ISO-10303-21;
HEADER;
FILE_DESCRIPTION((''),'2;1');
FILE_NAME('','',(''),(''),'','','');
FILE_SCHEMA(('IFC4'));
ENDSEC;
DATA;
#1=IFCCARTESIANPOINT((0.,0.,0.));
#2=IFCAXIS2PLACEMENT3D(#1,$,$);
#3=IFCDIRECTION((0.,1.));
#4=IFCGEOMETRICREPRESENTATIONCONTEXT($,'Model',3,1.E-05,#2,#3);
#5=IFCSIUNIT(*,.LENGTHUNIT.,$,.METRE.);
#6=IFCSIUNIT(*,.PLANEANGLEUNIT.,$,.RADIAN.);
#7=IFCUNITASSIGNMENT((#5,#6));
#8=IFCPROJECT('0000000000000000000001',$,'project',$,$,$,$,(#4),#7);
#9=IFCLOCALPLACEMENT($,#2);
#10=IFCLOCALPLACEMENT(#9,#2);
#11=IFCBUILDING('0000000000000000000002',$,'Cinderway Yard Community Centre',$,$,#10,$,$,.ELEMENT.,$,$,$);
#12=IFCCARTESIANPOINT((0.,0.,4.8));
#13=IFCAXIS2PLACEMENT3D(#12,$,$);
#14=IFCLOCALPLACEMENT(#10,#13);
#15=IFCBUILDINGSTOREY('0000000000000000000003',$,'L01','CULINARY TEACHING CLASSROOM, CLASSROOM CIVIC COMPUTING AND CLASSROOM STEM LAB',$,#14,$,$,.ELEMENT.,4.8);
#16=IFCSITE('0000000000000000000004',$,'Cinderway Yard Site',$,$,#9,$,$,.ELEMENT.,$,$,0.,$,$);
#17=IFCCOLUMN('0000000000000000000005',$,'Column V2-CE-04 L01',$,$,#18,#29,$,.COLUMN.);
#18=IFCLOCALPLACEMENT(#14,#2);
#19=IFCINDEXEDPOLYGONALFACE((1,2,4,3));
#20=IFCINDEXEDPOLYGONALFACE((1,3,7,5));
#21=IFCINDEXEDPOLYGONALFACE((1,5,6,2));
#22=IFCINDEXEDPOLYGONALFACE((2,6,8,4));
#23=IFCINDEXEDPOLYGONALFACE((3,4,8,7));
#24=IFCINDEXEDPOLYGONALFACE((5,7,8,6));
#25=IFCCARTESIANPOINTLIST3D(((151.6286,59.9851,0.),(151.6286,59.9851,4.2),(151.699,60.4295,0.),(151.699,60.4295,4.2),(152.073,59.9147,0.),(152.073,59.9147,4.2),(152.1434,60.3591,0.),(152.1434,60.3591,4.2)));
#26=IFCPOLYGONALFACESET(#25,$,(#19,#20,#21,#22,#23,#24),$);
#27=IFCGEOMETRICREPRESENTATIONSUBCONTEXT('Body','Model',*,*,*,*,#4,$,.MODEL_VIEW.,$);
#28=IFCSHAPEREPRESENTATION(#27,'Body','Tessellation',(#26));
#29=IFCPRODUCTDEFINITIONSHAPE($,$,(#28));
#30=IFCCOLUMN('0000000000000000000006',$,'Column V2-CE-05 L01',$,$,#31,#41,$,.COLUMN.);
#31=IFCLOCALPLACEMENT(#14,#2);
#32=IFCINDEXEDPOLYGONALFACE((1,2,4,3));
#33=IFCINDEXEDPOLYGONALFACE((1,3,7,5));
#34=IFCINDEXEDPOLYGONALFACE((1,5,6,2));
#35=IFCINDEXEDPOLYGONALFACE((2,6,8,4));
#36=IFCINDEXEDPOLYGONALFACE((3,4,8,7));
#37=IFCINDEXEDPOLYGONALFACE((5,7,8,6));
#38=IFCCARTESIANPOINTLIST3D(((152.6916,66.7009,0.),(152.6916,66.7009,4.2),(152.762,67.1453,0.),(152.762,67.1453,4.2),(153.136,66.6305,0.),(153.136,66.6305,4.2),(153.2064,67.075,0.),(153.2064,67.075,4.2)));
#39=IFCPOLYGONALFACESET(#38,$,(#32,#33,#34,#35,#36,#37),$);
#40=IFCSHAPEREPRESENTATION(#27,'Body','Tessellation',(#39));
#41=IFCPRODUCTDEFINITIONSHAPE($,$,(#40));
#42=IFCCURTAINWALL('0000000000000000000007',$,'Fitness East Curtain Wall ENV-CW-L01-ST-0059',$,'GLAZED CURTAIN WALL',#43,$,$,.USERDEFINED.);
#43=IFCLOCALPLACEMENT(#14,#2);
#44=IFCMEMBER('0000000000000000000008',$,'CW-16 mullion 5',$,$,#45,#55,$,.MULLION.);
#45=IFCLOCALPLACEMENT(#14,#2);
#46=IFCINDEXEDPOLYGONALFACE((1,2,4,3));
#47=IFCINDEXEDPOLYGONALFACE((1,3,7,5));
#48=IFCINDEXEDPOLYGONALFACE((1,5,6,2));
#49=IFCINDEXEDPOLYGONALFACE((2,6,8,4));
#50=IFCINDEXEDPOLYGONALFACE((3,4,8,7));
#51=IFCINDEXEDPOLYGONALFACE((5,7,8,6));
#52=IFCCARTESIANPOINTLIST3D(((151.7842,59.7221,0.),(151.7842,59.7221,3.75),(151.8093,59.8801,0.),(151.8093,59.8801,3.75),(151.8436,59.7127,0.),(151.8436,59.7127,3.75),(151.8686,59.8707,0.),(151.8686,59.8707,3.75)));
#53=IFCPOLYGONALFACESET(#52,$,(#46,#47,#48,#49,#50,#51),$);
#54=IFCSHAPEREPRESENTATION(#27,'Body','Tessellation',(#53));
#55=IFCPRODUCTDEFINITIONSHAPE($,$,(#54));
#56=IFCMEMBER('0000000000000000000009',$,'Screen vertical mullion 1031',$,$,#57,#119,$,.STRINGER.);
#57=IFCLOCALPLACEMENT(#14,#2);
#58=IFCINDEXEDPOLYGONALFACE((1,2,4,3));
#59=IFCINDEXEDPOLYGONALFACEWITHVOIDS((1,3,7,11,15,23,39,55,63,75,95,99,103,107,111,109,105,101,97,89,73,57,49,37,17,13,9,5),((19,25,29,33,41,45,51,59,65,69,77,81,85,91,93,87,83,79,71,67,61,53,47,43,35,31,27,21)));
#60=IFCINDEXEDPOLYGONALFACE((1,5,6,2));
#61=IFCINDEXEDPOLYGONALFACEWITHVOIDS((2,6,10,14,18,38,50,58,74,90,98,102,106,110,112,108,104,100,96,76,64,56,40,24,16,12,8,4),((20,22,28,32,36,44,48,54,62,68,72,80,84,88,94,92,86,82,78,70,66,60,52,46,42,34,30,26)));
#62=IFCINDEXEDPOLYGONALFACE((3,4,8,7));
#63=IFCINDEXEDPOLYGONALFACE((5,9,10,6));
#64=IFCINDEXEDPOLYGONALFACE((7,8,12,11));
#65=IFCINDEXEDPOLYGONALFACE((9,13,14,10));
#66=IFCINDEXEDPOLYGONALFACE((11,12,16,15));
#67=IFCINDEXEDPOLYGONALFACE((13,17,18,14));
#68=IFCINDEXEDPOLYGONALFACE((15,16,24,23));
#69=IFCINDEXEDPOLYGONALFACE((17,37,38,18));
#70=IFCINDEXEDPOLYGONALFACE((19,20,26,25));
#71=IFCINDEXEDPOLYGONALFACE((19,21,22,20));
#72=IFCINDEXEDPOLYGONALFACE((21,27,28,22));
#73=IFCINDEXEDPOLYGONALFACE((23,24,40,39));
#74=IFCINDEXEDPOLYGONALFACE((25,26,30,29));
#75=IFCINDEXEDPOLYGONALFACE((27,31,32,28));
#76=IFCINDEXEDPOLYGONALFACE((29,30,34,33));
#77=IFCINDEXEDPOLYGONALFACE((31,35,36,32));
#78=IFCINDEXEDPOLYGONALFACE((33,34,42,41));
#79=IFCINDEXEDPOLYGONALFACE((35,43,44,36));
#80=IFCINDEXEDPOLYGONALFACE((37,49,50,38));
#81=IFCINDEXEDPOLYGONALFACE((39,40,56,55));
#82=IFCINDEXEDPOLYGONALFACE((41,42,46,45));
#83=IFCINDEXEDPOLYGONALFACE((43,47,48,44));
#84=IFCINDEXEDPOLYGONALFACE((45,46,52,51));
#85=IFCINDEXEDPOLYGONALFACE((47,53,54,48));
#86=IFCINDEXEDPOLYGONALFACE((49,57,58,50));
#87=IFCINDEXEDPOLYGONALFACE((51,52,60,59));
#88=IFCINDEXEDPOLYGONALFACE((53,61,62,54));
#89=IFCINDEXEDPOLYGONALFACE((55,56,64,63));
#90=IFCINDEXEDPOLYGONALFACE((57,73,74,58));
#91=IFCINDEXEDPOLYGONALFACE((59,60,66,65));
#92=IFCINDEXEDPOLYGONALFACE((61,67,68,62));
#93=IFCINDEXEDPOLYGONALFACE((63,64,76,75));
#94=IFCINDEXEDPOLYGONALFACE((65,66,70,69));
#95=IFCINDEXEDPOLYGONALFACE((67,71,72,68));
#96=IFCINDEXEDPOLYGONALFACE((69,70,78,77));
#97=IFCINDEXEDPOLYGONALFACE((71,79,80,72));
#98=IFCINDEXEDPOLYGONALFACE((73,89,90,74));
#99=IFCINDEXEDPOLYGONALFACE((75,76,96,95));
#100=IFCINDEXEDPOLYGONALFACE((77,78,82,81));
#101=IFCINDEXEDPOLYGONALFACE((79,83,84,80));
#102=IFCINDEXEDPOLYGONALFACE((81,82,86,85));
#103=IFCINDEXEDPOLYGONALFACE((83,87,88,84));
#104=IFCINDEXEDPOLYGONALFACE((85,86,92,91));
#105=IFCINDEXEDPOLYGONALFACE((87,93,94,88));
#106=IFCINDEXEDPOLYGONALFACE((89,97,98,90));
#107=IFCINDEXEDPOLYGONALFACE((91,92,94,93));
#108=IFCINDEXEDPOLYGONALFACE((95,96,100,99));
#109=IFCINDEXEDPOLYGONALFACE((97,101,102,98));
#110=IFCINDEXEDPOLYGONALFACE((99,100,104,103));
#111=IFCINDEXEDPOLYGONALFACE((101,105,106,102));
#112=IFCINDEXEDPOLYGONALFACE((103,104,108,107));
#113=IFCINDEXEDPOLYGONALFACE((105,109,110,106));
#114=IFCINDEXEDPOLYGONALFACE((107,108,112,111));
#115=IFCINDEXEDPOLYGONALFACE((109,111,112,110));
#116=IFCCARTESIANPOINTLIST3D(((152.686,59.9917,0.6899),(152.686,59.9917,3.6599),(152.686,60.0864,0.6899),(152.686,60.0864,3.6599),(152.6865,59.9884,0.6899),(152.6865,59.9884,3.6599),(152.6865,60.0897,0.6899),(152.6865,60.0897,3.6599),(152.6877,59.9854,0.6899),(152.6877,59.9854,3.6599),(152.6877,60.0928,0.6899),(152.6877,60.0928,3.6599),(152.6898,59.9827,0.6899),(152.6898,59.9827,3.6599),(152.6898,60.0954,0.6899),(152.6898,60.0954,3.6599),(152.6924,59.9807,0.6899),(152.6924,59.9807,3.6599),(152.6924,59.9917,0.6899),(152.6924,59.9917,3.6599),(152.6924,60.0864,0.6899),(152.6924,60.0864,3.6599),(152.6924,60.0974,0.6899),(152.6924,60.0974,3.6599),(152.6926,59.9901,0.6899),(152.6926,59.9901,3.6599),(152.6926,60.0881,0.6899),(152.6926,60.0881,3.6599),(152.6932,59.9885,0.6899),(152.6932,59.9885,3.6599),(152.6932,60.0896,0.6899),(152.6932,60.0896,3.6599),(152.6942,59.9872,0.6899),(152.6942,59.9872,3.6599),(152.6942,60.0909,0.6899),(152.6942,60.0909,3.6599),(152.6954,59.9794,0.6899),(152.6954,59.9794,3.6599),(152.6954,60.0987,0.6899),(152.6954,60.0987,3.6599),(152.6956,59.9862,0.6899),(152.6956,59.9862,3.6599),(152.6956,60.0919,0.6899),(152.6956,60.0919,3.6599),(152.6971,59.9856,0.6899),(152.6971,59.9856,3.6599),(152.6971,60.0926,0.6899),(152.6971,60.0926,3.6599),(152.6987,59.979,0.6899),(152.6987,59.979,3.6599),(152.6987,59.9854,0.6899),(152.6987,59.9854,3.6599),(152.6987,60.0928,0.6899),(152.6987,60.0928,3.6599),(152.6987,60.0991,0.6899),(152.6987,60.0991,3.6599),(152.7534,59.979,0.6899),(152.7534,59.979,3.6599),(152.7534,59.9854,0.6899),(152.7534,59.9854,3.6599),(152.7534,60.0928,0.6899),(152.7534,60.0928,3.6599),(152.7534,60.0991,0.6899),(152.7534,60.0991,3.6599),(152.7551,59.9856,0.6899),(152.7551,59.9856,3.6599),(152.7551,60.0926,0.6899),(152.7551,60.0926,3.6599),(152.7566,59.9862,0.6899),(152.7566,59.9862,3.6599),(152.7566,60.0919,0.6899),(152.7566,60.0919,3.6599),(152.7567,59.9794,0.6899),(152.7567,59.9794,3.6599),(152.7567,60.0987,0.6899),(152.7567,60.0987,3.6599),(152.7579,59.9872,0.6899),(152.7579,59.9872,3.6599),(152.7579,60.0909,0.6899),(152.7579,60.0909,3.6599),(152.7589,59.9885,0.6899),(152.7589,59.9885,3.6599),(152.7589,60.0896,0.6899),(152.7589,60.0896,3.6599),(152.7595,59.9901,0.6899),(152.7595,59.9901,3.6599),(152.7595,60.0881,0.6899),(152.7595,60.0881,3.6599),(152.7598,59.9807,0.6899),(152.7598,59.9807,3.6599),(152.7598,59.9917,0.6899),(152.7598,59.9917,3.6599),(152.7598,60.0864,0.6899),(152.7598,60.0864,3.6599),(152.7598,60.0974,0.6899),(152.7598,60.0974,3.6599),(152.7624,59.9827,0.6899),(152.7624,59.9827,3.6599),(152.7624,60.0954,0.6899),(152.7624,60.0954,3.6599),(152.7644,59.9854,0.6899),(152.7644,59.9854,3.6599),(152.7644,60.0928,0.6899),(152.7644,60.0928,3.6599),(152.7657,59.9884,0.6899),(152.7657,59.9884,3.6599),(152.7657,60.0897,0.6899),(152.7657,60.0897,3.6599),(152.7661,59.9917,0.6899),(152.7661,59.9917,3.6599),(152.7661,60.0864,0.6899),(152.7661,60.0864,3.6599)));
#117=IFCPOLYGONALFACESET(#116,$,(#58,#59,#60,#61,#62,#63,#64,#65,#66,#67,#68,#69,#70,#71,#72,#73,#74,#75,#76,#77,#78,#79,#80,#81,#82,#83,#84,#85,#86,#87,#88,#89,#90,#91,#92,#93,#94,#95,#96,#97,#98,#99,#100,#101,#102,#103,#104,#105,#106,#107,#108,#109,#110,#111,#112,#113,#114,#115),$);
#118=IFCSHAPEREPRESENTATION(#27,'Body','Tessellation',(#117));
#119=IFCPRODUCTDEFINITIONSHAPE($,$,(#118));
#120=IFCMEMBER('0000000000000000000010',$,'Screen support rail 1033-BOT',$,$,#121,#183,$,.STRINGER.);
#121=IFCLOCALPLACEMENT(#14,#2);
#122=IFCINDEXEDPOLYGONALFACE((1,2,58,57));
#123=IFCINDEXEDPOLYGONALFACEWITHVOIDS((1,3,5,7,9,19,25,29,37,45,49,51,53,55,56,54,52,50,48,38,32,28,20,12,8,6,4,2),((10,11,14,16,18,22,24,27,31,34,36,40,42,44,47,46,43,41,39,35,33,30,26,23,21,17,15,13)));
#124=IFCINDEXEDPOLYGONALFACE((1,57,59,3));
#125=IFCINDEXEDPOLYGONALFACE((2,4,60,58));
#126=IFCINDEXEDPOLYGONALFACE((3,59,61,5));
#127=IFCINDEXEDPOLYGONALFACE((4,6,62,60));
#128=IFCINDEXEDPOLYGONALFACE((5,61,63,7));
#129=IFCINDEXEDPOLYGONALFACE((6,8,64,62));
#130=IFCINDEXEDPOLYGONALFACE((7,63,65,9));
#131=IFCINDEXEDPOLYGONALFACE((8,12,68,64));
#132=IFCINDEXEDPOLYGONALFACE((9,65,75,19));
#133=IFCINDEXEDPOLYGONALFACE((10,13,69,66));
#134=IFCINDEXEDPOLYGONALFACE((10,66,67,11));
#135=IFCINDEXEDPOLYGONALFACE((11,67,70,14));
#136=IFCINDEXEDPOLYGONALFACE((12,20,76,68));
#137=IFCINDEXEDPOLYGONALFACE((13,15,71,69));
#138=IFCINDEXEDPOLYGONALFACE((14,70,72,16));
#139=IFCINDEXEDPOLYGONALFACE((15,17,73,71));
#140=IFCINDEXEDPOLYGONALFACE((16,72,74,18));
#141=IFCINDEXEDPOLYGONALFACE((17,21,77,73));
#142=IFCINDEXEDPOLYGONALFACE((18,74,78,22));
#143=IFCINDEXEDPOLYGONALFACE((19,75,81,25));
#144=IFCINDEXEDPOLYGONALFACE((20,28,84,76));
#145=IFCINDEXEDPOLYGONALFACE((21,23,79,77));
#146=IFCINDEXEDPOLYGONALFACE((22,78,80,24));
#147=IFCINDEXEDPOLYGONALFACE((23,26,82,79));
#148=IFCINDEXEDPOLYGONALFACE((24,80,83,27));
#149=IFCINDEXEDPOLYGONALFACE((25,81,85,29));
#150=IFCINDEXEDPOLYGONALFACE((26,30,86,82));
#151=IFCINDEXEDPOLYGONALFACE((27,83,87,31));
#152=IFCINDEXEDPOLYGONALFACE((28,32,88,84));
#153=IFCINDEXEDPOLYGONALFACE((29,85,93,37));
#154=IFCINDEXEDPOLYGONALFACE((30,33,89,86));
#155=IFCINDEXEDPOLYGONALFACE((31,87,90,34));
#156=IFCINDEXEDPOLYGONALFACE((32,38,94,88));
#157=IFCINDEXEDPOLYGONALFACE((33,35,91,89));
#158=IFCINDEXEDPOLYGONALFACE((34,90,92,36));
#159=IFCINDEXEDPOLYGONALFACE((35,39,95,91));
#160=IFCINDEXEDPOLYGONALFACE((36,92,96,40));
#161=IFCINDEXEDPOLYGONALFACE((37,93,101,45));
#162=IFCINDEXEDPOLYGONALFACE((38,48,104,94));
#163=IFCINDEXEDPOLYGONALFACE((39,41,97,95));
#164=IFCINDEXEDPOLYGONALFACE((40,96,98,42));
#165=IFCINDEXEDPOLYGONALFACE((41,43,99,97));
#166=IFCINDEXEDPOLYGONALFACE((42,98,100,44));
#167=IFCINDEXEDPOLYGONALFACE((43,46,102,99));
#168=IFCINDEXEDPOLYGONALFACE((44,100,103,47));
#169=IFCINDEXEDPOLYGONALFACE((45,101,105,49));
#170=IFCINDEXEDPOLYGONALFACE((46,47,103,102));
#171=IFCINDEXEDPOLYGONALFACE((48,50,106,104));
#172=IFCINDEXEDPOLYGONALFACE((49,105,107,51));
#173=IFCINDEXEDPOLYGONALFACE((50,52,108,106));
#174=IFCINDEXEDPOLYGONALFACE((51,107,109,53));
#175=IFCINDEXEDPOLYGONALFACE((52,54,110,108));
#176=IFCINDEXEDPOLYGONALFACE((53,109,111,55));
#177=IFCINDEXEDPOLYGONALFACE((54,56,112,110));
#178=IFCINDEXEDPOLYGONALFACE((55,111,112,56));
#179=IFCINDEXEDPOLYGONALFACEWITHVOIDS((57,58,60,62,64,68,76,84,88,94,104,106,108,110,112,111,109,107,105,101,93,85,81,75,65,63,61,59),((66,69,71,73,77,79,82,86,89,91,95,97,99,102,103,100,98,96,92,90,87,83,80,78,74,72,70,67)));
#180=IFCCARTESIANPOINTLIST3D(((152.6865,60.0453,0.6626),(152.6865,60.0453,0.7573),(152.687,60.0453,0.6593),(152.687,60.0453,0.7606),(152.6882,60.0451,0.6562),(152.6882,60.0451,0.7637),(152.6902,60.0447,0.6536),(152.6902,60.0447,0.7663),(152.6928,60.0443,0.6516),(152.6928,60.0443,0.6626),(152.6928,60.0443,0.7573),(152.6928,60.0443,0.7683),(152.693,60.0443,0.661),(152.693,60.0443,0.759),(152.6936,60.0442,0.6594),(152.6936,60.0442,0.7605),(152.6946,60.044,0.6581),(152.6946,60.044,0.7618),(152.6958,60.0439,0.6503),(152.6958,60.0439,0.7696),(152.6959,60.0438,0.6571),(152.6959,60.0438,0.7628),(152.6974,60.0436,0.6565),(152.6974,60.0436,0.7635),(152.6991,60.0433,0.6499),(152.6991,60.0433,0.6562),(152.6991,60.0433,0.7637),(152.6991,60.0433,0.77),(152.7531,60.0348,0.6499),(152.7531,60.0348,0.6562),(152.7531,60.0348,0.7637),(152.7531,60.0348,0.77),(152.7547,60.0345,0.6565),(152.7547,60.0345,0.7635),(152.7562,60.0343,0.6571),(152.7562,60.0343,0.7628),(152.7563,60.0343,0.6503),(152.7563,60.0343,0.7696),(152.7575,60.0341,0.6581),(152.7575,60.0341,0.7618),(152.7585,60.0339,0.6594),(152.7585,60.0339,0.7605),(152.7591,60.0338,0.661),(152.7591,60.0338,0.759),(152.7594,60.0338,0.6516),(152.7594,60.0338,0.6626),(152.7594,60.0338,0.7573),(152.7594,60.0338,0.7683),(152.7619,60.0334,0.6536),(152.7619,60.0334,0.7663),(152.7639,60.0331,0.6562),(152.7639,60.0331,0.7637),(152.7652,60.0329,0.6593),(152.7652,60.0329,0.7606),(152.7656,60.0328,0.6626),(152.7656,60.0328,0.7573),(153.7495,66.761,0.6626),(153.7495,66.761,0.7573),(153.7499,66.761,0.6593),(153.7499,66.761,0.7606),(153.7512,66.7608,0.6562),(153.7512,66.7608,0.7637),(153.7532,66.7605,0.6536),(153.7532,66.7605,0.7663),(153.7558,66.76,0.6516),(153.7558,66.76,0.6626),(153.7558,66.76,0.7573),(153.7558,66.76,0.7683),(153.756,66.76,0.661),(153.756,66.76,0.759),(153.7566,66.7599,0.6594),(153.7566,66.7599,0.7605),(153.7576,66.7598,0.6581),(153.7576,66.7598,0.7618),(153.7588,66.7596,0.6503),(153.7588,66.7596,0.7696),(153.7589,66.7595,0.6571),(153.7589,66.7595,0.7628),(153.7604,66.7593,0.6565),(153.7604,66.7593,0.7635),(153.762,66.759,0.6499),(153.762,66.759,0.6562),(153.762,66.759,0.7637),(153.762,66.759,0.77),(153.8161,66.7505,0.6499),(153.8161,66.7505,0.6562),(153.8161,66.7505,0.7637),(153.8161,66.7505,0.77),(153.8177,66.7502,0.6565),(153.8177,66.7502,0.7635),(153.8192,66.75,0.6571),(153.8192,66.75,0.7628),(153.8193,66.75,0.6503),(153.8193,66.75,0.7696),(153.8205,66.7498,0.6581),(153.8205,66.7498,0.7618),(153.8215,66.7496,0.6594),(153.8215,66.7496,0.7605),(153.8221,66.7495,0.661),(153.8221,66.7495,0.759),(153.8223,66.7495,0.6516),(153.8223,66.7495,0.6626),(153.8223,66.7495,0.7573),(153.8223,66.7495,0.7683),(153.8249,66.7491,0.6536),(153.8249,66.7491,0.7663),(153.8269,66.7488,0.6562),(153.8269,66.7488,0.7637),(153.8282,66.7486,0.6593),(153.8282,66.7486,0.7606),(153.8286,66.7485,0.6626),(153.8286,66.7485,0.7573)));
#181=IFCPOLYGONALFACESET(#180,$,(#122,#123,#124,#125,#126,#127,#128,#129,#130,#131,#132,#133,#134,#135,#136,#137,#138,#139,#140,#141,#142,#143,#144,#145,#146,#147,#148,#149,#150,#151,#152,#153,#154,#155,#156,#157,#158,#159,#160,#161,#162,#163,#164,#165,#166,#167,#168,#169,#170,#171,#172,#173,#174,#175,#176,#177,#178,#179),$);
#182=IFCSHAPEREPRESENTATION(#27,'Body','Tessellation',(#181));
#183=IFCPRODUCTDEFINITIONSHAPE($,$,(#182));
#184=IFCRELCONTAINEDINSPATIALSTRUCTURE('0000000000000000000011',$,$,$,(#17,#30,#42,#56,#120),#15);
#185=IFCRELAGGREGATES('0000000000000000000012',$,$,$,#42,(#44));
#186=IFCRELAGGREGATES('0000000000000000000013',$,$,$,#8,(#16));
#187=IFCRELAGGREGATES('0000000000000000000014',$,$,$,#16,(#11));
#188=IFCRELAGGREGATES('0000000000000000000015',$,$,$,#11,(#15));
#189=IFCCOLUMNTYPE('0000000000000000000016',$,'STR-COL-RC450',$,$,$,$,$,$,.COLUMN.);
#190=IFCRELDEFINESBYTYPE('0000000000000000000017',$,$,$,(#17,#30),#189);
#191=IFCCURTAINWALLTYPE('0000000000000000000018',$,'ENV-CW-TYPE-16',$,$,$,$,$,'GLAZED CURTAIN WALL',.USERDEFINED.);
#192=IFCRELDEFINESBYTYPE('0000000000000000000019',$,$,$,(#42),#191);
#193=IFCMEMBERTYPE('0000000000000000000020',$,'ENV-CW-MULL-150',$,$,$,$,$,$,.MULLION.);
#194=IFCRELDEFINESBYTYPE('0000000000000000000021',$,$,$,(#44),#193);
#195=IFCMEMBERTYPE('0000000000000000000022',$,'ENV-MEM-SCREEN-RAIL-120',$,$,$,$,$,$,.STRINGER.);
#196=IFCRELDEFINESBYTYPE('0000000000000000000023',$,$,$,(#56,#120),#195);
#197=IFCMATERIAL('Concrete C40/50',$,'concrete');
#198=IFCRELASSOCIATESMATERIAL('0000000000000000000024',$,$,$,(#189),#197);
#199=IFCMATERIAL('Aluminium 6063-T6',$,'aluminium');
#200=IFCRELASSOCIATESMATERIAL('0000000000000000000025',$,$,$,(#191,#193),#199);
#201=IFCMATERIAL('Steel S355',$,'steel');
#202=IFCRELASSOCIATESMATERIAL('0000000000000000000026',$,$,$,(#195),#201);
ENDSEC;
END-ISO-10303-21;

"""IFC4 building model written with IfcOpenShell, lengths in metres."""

from ifc_helpers import new_model, si_unit, direction, frame, origin, origin_2d, place, context, subcontext, project, spatial, rectangle, hollow_rectangle, extrude, material, material_profile, profile_set, type_object, element, aggregate, save


model = new_model("IFC4")

# Units and contexts
model_context = context("Model", 3, precision=1e-05, world=origin(), true_north=direction((0.0, 1.0)))
body_context = subcontext(model_context, "Body", "Model", "MODEL_VIEW")
ifc_project = project(units=[si_unit("LENGTHUNIT", "METRE"), si_unit("PLANEANGLEUNIT", "RADIAN")], contexts=[model_context])

# Site, building, storey
site_placement = place(None, origin())
site = spatial("IfcSite", under=ifc_project, at=site_placement, Name="Cinderway Yard Site", CompositionType="ELEMENT", RefElevation=0.0)
building_placement = place(site_placement, origin())
building = spatial("IfcBuilding", under=site, at=building_placement, Name="Cinderway Yard Community Centre", CompositionType="ELEMENT")
storey_placement = place(building_placement, frame((0.0, 0.0, 4.8)))
storey = spatial("IfcBuildingStorey", under=building, at=storey_placement, Name="L01", Description="CULINARY TEACHING CLASSROOM, CLASSROOM CIVIC COMPUTING AND CLASSROOM STEM LAB", CompositionType="ELEMENT", Elevation=4.8)

# Columns
ifc_material_1 = material(Name="Concrete C40/50", Category="concrete")
ifc_material_profile_1 = material_profile(ifc_material_1, rectangle(XDim=0.45, YDim=0.45, at=origin_2d()), Name="Concrete C40/50")
ifc_profile_set_1 = profile_set([ifc_material_profile_1], Name="Concrete C40/50")
column_type = type_object("IfcColumnType", Name="STR-COL-RC450", PredefinedType="COLUMN", material=ifc_profile_set_1)
for number, where, z_axis, x_axis, name in (
    (1, (151.886, 60.1721, 0.0), (0.0, 0.0, 1.0), (0.987688, -0.156434, 0.0), "Column V2-CE-04 L01"),
    (2, (152.949, 66.8879, 0.0), (0.0, 0.0, 1.0), (0.987688, -0.156434, 0.0), "Column V2-CE-05 L01"),
):
    element("IfcColumn", number, at=place(storey_placement, frame(where, z_axis=z_axis, x_axis=x_axis)), inside=storey, type_object=column_type, Name=name, PredefinedType="COLUMN", context=body_context, shape_type="SweptSolid", body=[
        extrude(rectangle(XDim=0.45, YDim=0.45, at=origin_2d()), origin(), (0.0, 0.0, 1.0), 4.2),
    ])

# Curtain wall, member
ifc_material_2 = material(Name="Aluminium 6063-T6", Category="aluminium")
curtain_wall_type = type_object("IfcCurtainWallType", Name="ENV-CW-TYPE-16", ElementType="GLAZED CURTAIN WALL", PredefinedType="USERDEFINED", material=ifc_material_2)
curtain_wall_placement = place(storey_placement, origin())
curtain_wall = element("IfcCurtainWall", 3, at=curtain_wall_placement, inside=storey, type_object=curtain_wall_type, Name="Fitness East Curtain Wall ENV-CW-L01-ST-0059", ObjectType="GLAZED CURTAIN WALL", PredefinedType="USERDEFINED")
ifc_material_profile_2 = material_profile(ifc_material_2, rectangle(XDim=0.0601, YDim=0.1599, at=origin_2d()), Name="Aluminium 6063-T6")
ifc_profile_set_2 = profile_set([ifc_material_profile_2], Name="Aluminium 6063-T6")
member_type_1 = type_object("IfcMemberType", Name="ENV-CW-MULL-150", PredefinedType="MULLION", material=ifc_profile_set_2)
member_1_placement = place(storey_placement, frame((151.8264, 59.7964, 0.0), z_axis=(0.0, 0.0, 1.0), x_axis=(-0.987691, 0.156417, 0.0)))
member_1 = element("IfcMember", 4, at=member_1_placement, type_object=member_type_1, Name="CW-16 mullion 5", PredefinedType="MULLION", context=body_context, shape_type="SweptSolid", body=[
    extrude(rectangle(XDim=0.0601, YDim=0.1599, at=origin_2d()), origin(), (0.0, 0.0, 1.0), 3.75),
])
aggregate(curtain_wall, [member_1])

# Members
ifc_material_3 = material(Name="Steel S355", Category="steel")
ifc_material_profile_3 = material_profile(ifc_material_3, hollow_rectangle(XDim=0.0801, YDim=0.1201, WallThickness=0.0063, InnerFilletRadius=0.0063, OuterFilletRadius=0.0127, at=origin_2d()), Name="Steel S355")
ifc_profile_set_3 = profile_set([ifc_material_profile_3], Name="Steel S355")
member_type_2 = type_object("IfcMemberType", Name="ENV-MEM-SCREEN-RAIL-120", PredefinedType="STRINGER", material=ifc_profile_set_3)
member_2_placement = place(storey_placement, frame((152.7261, 60.0391, 0.6899), z_axis=(0.0, 0.0, 1.0), x_axis=(1.0, 0.0, 0.0)))
element("IfcMember", 5, at=member_2_placement, inside=storey, type_object=member_type_2, Name="Screen vertical mullion 1031", PredefinedType="STRINGER", context=body_context, shape_type="SweptSolid", body=[
    extrude(hollow_rectangle(XDim=0.0801, YDim=0.1201, WallThickness=0.0063, InnerFilletRadius=0.0063, OuterFilletRadius=0.0127, at=origin_2d()), origin(), (0.0, 0.0, 1.0), 2.97),
])
for number, where, z_axis, x_axis, name in (
    (6, (152.7261, 60.0391, 0.71), (0.156335, 0.987704, 0.0), (-0.987704, 0.156335, 0.0), "Screen support rail 1033-BOT"),
):
    element("IfcMember", number, at=place(storey_placement, frame(where, z_axis=z_axis, x_axis=x_axis)), inside=storey, type_object=member_type_2, Name=name, PredefinedType="STRINGER", context=body_context, shape_type="SweptSolid", body=[
        extrude(hollow_rectangle(XDim=0.0801, YDim=0.1201, WallThickness=0.0063, InnerFilletRadius=0.0063, OuterFilletRadius=0.0127, at=origin_2d()), origin(), (0.0, 0.0, 1.0), 6.7993),
    ])

save(model, "model.ifc")
